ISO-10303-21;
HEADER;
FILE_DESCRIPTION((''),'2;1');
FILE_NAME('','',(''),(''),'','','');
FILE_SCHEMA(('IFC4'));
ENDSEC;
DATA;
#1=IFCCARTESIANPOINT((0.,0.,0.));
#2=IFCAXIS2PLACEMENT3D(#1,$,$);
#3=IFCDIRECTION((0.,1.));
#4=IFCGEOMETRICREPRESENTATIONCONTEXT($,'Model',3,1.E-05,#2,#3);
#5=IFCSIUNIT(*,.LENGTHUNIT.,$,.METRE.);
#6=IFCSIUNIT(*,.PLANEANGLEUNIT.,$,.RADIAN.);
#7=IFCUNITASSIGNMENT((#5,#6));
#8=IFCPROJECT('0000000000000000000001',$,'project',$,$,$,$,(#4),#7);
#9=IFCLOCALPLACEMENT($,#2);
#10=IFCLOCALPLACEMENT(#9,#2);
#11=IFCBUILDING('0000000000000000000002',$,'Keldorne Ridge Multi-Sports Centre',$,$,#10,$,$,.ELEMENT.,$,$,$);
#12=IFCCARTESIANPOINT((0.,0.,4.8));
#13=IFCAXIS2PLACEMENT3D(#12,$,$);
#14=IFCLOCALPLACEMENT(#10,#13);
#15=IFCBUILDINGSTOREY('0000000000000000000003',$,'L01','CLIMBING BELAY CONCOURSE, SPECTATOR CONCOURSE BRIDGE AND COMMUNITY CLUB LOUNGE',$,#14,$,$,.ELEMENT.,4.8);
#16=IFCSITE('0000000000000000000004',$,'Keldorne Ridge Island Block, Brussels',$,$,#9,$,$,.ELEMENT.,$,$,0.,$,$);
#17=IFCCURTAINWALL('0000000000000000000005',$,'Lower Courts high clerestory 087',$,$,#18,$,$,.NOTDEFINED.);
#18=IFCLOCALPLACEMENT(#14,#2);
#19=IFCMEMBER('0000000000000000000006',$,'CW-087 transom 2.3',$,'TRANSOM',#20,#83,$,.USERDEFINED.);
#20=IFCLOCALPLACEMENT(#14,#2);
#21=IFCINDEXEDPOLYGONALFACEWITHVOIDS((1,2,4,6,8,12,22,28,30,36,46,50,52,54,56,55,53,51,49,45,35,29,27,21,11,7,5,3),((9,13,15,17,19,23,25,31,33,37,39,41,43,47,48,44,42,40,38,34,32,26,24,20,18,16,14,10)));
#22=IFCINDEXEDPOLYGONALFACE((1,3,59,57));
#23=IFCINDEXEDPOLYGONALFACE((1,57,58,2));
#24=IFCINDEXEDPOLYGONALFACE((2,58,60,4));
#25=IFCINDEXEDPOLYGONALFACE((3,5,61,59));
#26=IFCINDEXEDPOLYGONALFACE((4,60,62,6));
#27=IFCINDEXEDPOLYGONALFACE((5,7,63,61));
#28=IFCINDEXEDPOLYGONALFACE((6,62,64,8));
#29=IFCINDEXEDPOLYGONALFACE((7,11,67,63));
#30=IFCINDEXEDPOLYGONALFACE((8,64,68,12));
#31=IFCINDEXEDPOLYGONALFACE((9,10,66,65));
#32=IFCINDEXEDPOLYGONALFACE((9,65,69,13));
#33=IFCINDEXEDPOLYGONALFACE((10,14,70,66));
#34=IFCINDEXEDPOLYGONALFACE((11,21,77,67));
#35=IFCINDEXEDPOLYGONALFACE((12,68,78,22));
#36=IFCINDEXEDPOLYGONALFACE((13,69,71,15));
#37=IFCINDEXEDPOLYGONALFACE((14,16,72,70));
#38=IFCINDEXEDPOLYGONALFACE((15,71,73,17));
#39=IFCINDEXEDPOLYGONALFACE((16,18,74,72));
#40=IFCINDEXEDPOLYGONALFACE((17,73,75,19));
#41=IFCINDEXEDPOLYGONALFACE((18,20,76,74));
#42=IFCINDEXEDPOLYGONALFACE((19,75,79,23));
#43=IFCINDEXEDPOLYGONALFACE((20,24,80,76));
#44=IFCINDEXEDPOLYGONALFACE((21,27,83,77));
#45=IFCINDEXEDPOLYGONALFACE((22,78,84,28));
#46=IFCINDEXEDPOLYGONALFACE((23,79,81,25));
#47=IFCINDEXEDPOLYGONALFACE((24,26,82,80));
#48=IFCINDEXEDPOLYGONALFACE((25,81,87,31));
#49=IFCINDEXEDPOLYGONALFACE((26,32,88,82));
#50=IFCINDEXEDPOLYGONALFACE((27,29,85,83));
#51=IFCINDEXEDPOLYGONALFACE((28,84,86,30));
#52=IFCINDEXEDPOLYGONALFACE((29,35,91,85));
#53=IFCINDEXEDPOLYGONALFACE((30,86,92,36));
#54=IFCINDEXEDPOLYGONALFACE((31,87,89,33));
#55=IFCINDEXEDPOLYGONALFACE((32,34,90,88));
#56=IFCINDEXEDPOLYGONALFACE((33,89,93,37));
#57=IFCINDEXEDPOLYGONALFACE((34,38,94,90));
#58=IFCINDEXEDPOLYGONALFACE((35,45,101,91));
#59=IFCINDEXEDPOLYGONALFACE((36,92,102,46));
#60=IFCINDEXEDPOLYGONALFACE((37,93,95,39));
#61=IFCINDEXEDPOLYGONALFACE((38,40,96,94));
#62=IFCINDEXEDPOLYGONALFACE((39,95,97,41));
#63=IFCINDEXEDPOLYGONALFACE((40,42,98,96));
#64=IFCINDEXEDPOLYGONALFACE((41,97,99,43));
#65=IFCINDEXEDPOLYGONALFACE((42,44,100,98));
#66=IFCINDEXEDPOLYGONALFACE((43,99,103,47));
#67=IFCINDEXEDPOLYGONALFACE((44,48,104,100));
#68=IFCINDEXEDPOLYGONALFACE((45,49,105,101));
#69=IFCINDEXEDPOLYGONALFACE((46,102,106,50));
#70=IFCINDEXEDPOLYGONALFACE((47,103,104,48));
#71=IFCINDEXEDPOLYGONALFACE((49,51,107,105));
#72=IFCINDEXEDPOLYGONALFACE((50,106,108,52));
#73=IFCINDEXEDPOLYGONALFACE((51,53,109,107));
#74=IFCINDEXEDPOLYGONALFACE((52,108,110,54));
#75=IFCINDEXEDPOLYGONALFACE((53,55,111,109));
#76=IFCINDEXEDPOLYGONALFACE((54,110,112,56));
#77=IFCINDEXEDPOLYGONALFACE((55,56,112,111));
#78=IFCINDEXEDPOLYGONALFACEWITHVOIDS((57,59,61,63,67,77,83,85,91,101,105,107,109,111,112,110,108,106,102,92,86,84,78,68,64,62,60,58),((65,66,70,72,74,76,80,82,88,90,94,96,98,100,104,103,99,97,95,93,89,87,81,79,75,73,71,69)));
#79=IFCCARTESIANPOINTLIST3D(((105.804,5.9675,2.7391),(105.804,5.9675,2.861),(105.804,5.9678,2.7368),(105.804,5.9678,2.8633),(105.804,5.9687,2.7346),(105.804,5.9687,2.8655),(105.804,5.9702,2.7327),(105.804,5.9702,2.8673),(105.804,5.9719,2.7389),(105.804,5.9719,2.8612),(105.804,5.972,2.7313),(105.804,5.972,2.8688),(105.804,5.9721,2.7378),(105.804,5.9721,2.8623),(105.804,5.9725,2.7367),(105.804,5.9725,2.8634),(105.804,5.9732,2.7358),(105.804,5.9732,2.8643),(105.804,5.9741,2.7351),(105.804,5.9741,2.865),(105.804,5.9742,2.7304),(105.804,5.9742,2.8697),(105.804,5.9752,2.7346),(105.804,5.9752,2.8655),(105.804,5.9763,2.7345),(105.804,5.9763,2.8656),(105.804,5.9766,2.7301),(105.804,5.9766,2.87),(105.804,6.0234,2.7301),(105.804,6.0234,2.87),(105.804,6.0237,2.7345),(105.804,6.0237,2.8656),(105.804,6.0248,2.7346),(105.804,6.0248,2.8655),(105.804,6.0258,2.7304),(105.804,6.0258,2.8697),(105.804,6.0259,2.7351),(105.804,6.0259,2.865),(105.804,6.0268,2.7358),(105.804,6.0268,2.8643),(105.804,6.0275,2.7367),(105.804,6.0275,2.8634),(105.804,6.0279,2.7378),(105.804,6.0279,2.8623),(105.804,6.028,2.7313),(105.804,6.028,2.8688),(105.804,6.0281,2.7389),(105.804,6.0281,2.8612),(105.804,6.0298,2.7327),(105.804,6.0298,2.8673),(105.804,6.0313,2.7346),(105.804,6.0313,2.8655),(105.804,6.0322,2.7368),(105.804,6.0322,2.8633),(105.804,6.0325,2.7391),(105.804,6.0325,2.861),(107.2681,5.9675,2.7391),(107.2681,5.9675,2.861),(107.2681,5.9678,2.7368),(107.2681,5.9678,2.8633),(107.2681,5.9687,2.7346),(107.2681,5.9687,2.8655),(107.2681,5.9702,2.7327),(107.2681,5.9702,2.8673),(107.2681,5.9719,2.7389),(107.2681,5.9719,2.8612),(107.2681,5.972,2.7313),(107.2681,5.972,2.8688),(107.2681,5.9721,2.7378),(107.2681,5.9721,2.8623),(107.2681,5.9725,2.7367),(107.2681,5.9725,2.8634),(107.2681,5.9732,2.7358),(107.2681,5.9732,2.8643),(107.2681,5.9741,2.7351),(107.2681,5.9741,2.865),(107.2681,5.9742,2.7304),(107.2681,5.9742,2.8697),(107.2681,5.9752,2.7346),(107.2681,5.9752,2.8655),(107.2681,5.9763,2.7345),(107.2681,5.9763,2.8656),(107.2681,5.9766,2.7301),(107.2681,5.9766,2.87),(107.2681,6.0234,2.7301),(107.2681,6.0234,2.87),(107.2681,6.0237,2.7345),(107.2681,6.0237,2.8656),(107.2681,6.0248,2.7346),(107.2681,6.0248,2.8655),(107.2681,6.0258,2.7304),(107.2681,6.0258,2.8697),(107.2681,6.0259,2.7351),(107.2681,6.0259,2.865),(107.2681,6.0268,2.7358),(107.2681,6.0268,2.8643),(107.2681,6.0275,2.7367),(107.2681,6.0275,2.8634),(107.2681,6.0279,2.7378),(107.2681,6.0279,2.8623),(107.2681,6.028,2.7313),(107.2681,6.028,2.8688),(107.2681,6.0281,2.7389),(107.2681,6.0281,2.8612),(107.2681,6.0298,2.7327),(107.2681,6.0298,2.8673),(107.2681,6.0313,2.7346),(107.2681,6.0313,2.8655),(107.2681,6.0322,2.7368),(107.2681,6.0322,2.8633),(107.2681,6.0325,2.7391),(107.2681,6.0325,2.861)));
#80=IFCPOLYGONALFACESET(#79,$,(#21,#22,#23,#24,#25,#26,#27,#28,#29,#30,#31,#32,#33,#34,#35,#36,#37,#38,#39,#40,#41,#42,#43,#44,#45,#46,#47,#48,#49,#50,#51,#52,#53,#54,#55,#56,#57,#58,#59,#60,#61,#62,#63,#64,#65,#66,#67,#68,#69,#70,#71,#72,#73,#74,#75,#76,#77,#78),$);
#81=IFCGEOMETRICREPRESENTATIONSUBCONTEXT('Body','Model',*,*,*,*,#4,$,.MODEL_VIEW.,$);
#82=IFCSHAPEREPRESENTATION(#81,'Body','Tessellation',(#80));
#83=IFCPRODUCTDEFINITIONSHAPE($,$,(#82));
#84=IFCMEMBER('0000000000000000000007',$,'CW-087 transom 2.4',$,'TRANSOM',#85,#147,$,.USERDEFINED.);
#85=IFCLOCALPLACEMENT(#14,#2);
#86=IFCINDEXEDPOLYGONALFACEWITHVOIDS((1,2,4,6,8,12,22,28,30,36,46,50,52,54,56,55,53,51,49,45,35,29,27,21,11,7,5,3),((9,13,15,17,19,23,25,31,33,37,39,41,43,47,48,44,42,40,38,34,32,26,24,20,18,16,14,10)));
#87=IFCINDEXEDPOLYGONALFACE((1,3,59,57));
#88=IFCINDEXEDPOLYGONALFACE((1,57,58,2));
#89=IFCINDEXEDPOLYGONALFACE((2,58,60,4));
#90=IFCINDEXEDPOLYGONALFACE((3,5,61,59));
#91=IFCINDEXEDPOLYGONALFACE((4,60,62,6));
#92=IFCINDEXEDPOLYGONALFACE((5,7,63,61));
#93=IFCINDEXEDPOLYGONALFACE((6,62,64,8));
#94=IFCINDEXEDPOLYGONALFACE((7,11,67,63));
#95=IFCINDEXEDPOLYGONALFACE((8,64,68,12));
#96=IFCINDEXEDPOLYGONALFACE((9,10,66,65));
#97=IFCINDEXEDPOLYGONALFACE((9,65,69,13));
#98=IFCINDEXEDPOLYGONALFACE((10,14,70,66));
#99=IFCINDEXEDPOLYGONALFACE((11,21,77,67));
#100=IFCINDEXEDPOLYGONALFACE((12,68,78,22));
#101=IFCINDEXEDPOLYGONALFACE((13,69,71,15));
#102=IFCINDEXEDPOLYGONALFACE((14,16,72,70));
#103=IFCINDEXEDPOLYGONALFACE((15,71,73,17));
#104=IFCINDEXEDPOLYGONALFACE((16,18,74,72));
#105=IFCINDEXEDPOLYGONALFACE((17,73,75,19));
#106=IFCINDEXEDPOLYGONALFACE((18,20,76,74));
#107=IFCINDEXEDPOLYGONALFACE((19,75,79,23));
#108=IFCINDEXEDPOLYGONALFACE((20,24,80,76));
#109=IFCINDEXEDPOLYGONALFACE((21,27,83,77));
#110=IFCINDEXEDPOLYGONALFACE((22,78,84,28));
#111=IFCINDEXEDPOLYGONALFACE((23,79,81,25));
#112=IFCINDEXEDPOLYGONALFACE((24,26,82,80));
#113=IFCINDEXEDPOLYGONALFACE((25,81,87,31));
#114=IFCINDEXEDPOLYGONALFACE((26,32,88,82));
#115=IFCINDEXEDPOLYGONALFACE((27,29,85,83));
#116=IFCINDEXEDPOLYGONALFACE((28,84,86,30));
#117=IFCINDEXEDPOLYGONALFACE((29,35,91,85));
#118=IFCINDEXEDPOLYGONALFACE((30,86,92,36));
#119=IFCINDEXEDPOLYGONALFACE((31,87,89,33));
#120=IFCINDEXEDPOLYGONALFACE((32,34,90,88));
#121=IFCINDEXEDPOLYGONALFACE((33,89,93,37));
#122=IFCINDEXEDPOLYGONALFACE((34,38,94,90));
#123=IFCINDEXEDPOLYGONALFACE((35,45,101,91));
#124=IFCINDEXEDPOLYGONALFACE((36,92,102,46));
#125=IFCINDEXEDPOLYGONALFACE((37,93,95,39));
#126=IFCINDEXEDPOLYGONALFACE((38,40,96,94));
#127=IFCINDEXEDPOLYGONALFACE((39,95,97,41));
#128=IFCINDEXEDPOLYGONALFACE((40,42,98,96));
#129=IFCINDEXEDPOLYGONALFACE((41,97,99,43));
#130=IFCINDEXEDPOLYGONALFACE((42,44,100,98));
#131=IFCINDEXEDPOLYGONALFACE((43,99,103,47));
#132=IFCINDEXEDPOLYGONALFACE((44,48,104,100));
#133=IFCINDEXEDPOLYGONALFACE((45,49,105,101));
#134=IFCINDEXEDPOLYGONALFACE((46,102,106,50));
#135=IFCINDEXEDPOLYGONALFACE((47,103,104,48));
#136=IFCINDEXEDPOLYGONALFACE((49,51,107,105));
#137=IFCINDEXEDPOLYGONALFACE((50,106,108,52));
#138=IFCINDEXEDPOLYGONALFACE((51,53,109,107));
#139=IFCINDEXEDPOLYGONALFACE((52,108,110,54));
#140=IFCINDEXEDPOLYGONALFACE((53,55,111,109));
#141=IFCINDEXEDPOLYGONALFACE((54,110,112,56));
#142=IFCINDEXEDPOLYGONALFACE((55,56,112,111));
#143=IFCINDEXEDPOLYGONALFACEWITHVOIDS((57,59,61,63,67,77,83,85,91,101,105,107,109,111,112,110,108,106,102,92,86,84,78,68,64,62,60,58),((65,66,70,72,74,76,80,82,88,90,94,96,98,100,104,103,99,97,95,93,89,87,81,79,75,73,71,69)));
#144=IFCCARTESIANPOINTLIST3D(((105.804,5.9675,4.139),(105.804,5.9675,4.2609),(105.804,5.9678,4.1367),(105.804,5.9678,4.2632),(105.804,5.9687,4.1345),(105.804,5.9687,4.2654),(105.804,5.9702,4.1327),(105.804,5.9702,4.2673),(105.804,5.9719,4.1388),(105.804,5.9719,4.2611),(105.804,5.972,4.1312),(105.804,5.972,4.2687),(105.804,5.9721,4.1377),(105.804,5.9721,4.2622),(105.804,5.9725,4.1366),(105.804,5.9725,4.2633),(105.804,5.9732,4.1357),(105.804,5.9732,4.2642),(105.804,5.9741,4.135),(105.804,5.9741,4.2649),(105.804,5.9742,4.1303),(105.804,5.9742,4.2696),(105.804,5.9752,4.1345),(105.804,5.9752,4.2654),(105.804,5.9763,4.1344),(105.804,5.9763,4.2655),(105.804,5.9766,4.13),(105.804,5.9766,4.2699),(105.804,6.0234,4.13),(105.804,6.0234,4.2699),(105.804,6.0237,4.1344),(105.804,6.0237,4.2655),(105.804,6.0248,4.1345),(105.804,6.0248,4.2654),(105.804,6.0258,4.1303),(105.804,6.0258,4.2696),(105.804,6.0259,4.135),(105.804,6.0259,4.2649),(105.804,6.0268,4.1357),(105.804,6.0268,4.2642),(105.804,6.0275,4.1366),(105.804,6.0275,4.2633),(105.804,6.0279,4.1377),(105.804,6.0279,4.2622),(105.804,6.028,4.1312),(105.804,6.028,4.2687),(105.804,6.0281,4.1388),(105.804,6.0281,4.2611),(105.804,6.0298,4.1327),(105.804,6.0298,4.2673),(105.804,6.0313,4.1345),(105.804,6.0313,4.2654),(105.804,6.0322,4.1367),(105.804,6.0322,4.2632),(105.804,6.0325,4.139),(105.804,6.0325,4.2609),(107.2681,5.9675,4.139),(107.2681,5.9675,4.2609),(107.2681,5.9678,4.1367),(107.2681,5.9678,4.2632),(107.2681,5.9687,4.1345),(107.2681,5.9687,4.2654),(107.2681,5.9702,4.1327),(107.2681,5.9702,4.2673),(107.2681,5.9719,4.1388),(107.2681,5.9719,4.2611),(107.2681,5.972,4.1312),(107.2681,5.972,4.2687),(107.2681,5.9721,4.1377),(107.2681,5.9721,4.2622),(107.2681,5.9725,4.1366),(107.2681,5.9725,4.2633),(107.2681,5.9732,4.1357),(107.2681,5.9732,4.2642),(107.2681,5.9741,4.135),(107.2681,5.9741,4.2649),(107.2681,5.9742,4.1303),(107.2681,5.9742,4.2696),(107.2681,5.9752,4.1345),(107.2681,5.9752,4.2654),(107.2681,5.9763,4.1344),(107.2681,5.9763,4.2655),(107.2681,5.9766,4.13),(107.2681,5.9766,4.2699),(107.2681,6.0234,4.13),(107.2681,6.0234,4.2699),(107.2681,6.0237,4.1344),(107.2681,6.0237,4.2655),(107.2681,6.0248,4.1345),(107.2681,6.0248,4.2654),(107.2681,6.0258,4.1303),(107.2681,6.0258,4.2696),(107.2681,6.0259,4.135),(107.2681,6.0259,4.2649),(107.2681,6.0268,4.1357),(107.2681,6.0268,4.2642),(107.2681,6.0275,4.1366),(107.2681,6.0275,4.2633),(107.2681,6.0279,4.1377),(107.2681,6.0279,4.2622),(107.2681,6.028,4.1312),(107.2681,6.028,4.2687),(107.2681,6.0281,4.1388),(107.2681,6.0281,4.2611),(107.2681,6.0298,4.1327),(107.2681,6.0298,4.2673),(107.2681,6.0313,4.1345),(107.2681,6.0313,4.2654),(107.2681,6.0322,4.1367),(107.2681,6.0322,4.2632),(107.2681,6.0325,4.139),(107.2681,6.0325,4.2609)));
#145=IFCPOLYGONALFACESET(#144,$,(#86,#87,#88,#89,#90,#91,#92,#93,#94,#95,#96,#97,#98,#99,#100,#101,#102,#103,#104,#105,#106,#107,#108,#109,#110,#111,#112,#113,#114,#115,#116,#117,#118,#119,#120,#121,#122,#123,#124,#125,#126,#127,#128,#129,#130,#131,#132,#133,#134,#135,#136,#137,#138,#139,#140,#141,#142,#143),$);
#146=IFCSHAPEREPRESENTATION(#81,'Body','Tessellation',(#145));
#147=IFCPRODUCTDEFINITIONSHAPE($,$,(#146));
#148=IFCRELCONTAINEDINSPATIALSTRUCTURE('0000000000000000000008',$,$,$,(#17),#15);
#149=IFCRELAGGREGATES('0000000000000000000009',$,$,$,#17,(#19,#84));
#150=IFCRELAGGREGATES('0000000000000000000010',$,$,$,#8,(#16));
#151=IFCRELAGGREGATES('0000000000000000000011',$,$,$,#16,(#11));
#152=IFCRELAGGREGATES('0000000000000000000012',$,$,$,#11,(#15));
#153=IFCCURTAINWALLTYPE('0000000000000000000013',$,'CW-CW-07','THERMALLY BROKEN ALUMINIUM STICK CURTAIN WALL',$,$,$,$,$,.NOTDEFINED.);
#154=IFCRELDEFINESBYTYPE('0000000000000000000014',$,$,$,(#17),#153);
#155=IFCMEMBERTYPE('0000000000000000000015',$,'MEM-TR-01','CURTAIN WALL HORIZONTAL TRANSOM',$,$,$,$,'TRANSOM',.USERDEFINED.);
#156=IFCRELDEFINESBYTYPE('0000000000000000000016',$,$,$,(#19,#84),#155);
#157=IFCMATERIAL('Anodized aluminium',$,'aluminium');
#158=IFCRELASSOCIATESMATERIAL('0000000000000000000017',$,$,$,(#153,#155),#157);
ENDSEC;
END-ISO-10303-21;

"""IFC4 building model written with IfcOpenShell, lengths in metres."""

from ifc_helpers import new_model, si_unit, direction, frame, origin, origin_2d, place, context, subcontext, project, spatial, hollow_rectangle, extrude, material, material_profile, profile_set, type_object, element, aggregate, save


model = new_model("IFC4")

# Units and contexts
model_context = context("Model", 3, precision=1e-05, world=origin(), true_north=direction((0.0, 1.0)))
body_context = subcontext(model_context, "Body", "Model", "MODEL_VIEW")
ifc_project = project(units=[si_unit("LENGTHUNIT", "METRE"), si_unit("PLANEANGLEUNIT", "RADIAN")], contexts=[model_context])

# Site, building, storey
site_placement = place(None, origin())
site = spatial("IfcSite", under=ifc_project, at=site_placement, Name="Keldorne Ridge Island Block, Brussels", CompositionType="ELEMENT", RefElevation=0.0)
building_placement = place(site_placement, origin())
building = spatial("IfcBuilding", under=site, at=building_placement, Name="Keldorne Ridge Multi-Sports Centre", CompositionType="ELEMENT")
storey_placement = place(building_placement, frame((0.0, 0.0, 4.8)))
storey = spatial("IfcBuildingStorey", under=building, at=storey_placement, Name="L01", Description="CLIMBING BELAY CONCOURSE, SPECTATOR CONCOURSE BRIDGE AND COMMUNITY CLUB LOUNGE", CompositionType="ELEMENT", Elevation=4.8)

# Curtain wall, members
ifc_material_1 = material(Name="Anodized aluminium", Category="aluminium")
curtain_wall_type = type_object("IfcCurtainWallType", Name="CW-CW-07", Description="THERMALLY BROKEN ALUMINIUM STICK CURTAIN WALL", PredefinedType="NOTDEFINED", material=ifc_material_1)
curtain_wall_placement = place(storey_placement, origin())
curtain_wall = element("IfcCurtainWall", 1, at=curtain_wall_placement, inside=storey, type_object=curtain_wall_type, Name="Lower Courts high clerestory 087", PredefinedType="NOTDEFINED")
ifc_material_profile_1 = material_profile(ifc_material_1, hollow_rectangle(XDim=0.0649, YDim=0.1399, WallThickness=0.0044, InnerFilletRadius=0.0044, OuterFilletRadius=0.009, at=origin_2d()), Name="ALU TRANSOM 140x65x4.5")
ifc_profile_set_1 = profile_set([ifc_material_profile_1], Name="Anodized aluminium")
member_type_1 = type_object("IfcMemberType", Name="MEM-TR-01", Description="CURTAIN WALL HORIZONTAL TRANSOM", ElementType="TRANSOM", PredefinedType="USERDEFINED", material=ifc_profile_set_1)
member_1_placement = place(storey_placement, frame((105.804, 6.0, 2.8), z_axis=(1.0, 0.0, 0.0), x_axis=(0.0, 1.0, 0.0)))
member_1 = element("IfcMember", 2, at=member_1_placement, type_object=member_type_1, Name="CW-087 transom 2.3", ObjectType="TRANSOM", PredefinedType="USERDEFINED", context=body_context, shape_type="SweptSolid", body=[
    extrude(hollow_rectangle(XDim=0.0649, YDim=0.1399, WallThickness=0.0044, InnerFilletRadius=0.0044, OuterFilletRadius=0.009, at=origin_2d()), origin(), (0.0, 0.0, 1.0), 1.4641),
])
member_2_placement = place(storey_placement, frame((105.804, 6.0, 4.2), z_axis=(1.0, 0.0, 0.0), x_axis=(0.0, 1.0, 0.0)))
member_2 = element("IfcMember", 3, at=member_2_placement, type_object=member_type_1, Name="CW-087 transom 2.4", ObjectType="TRANSOM", PredefinedType="USERDEFINED", context=body_context, shape_type="SweptSolid", body=[
    extrude(hollow_rectangle(XDim=0.0649, YDim=0.1399, WallThickness=0.0044, InnerFilletRadius=0.0044, OuterFilletRadius=0.009, at=origin_2d()), origin(), (0.0, 0.0, 1.0), 1.4641),
])
aggregate(curtain_wall, [member_1, member_2])

save(model, "model.ifc")
